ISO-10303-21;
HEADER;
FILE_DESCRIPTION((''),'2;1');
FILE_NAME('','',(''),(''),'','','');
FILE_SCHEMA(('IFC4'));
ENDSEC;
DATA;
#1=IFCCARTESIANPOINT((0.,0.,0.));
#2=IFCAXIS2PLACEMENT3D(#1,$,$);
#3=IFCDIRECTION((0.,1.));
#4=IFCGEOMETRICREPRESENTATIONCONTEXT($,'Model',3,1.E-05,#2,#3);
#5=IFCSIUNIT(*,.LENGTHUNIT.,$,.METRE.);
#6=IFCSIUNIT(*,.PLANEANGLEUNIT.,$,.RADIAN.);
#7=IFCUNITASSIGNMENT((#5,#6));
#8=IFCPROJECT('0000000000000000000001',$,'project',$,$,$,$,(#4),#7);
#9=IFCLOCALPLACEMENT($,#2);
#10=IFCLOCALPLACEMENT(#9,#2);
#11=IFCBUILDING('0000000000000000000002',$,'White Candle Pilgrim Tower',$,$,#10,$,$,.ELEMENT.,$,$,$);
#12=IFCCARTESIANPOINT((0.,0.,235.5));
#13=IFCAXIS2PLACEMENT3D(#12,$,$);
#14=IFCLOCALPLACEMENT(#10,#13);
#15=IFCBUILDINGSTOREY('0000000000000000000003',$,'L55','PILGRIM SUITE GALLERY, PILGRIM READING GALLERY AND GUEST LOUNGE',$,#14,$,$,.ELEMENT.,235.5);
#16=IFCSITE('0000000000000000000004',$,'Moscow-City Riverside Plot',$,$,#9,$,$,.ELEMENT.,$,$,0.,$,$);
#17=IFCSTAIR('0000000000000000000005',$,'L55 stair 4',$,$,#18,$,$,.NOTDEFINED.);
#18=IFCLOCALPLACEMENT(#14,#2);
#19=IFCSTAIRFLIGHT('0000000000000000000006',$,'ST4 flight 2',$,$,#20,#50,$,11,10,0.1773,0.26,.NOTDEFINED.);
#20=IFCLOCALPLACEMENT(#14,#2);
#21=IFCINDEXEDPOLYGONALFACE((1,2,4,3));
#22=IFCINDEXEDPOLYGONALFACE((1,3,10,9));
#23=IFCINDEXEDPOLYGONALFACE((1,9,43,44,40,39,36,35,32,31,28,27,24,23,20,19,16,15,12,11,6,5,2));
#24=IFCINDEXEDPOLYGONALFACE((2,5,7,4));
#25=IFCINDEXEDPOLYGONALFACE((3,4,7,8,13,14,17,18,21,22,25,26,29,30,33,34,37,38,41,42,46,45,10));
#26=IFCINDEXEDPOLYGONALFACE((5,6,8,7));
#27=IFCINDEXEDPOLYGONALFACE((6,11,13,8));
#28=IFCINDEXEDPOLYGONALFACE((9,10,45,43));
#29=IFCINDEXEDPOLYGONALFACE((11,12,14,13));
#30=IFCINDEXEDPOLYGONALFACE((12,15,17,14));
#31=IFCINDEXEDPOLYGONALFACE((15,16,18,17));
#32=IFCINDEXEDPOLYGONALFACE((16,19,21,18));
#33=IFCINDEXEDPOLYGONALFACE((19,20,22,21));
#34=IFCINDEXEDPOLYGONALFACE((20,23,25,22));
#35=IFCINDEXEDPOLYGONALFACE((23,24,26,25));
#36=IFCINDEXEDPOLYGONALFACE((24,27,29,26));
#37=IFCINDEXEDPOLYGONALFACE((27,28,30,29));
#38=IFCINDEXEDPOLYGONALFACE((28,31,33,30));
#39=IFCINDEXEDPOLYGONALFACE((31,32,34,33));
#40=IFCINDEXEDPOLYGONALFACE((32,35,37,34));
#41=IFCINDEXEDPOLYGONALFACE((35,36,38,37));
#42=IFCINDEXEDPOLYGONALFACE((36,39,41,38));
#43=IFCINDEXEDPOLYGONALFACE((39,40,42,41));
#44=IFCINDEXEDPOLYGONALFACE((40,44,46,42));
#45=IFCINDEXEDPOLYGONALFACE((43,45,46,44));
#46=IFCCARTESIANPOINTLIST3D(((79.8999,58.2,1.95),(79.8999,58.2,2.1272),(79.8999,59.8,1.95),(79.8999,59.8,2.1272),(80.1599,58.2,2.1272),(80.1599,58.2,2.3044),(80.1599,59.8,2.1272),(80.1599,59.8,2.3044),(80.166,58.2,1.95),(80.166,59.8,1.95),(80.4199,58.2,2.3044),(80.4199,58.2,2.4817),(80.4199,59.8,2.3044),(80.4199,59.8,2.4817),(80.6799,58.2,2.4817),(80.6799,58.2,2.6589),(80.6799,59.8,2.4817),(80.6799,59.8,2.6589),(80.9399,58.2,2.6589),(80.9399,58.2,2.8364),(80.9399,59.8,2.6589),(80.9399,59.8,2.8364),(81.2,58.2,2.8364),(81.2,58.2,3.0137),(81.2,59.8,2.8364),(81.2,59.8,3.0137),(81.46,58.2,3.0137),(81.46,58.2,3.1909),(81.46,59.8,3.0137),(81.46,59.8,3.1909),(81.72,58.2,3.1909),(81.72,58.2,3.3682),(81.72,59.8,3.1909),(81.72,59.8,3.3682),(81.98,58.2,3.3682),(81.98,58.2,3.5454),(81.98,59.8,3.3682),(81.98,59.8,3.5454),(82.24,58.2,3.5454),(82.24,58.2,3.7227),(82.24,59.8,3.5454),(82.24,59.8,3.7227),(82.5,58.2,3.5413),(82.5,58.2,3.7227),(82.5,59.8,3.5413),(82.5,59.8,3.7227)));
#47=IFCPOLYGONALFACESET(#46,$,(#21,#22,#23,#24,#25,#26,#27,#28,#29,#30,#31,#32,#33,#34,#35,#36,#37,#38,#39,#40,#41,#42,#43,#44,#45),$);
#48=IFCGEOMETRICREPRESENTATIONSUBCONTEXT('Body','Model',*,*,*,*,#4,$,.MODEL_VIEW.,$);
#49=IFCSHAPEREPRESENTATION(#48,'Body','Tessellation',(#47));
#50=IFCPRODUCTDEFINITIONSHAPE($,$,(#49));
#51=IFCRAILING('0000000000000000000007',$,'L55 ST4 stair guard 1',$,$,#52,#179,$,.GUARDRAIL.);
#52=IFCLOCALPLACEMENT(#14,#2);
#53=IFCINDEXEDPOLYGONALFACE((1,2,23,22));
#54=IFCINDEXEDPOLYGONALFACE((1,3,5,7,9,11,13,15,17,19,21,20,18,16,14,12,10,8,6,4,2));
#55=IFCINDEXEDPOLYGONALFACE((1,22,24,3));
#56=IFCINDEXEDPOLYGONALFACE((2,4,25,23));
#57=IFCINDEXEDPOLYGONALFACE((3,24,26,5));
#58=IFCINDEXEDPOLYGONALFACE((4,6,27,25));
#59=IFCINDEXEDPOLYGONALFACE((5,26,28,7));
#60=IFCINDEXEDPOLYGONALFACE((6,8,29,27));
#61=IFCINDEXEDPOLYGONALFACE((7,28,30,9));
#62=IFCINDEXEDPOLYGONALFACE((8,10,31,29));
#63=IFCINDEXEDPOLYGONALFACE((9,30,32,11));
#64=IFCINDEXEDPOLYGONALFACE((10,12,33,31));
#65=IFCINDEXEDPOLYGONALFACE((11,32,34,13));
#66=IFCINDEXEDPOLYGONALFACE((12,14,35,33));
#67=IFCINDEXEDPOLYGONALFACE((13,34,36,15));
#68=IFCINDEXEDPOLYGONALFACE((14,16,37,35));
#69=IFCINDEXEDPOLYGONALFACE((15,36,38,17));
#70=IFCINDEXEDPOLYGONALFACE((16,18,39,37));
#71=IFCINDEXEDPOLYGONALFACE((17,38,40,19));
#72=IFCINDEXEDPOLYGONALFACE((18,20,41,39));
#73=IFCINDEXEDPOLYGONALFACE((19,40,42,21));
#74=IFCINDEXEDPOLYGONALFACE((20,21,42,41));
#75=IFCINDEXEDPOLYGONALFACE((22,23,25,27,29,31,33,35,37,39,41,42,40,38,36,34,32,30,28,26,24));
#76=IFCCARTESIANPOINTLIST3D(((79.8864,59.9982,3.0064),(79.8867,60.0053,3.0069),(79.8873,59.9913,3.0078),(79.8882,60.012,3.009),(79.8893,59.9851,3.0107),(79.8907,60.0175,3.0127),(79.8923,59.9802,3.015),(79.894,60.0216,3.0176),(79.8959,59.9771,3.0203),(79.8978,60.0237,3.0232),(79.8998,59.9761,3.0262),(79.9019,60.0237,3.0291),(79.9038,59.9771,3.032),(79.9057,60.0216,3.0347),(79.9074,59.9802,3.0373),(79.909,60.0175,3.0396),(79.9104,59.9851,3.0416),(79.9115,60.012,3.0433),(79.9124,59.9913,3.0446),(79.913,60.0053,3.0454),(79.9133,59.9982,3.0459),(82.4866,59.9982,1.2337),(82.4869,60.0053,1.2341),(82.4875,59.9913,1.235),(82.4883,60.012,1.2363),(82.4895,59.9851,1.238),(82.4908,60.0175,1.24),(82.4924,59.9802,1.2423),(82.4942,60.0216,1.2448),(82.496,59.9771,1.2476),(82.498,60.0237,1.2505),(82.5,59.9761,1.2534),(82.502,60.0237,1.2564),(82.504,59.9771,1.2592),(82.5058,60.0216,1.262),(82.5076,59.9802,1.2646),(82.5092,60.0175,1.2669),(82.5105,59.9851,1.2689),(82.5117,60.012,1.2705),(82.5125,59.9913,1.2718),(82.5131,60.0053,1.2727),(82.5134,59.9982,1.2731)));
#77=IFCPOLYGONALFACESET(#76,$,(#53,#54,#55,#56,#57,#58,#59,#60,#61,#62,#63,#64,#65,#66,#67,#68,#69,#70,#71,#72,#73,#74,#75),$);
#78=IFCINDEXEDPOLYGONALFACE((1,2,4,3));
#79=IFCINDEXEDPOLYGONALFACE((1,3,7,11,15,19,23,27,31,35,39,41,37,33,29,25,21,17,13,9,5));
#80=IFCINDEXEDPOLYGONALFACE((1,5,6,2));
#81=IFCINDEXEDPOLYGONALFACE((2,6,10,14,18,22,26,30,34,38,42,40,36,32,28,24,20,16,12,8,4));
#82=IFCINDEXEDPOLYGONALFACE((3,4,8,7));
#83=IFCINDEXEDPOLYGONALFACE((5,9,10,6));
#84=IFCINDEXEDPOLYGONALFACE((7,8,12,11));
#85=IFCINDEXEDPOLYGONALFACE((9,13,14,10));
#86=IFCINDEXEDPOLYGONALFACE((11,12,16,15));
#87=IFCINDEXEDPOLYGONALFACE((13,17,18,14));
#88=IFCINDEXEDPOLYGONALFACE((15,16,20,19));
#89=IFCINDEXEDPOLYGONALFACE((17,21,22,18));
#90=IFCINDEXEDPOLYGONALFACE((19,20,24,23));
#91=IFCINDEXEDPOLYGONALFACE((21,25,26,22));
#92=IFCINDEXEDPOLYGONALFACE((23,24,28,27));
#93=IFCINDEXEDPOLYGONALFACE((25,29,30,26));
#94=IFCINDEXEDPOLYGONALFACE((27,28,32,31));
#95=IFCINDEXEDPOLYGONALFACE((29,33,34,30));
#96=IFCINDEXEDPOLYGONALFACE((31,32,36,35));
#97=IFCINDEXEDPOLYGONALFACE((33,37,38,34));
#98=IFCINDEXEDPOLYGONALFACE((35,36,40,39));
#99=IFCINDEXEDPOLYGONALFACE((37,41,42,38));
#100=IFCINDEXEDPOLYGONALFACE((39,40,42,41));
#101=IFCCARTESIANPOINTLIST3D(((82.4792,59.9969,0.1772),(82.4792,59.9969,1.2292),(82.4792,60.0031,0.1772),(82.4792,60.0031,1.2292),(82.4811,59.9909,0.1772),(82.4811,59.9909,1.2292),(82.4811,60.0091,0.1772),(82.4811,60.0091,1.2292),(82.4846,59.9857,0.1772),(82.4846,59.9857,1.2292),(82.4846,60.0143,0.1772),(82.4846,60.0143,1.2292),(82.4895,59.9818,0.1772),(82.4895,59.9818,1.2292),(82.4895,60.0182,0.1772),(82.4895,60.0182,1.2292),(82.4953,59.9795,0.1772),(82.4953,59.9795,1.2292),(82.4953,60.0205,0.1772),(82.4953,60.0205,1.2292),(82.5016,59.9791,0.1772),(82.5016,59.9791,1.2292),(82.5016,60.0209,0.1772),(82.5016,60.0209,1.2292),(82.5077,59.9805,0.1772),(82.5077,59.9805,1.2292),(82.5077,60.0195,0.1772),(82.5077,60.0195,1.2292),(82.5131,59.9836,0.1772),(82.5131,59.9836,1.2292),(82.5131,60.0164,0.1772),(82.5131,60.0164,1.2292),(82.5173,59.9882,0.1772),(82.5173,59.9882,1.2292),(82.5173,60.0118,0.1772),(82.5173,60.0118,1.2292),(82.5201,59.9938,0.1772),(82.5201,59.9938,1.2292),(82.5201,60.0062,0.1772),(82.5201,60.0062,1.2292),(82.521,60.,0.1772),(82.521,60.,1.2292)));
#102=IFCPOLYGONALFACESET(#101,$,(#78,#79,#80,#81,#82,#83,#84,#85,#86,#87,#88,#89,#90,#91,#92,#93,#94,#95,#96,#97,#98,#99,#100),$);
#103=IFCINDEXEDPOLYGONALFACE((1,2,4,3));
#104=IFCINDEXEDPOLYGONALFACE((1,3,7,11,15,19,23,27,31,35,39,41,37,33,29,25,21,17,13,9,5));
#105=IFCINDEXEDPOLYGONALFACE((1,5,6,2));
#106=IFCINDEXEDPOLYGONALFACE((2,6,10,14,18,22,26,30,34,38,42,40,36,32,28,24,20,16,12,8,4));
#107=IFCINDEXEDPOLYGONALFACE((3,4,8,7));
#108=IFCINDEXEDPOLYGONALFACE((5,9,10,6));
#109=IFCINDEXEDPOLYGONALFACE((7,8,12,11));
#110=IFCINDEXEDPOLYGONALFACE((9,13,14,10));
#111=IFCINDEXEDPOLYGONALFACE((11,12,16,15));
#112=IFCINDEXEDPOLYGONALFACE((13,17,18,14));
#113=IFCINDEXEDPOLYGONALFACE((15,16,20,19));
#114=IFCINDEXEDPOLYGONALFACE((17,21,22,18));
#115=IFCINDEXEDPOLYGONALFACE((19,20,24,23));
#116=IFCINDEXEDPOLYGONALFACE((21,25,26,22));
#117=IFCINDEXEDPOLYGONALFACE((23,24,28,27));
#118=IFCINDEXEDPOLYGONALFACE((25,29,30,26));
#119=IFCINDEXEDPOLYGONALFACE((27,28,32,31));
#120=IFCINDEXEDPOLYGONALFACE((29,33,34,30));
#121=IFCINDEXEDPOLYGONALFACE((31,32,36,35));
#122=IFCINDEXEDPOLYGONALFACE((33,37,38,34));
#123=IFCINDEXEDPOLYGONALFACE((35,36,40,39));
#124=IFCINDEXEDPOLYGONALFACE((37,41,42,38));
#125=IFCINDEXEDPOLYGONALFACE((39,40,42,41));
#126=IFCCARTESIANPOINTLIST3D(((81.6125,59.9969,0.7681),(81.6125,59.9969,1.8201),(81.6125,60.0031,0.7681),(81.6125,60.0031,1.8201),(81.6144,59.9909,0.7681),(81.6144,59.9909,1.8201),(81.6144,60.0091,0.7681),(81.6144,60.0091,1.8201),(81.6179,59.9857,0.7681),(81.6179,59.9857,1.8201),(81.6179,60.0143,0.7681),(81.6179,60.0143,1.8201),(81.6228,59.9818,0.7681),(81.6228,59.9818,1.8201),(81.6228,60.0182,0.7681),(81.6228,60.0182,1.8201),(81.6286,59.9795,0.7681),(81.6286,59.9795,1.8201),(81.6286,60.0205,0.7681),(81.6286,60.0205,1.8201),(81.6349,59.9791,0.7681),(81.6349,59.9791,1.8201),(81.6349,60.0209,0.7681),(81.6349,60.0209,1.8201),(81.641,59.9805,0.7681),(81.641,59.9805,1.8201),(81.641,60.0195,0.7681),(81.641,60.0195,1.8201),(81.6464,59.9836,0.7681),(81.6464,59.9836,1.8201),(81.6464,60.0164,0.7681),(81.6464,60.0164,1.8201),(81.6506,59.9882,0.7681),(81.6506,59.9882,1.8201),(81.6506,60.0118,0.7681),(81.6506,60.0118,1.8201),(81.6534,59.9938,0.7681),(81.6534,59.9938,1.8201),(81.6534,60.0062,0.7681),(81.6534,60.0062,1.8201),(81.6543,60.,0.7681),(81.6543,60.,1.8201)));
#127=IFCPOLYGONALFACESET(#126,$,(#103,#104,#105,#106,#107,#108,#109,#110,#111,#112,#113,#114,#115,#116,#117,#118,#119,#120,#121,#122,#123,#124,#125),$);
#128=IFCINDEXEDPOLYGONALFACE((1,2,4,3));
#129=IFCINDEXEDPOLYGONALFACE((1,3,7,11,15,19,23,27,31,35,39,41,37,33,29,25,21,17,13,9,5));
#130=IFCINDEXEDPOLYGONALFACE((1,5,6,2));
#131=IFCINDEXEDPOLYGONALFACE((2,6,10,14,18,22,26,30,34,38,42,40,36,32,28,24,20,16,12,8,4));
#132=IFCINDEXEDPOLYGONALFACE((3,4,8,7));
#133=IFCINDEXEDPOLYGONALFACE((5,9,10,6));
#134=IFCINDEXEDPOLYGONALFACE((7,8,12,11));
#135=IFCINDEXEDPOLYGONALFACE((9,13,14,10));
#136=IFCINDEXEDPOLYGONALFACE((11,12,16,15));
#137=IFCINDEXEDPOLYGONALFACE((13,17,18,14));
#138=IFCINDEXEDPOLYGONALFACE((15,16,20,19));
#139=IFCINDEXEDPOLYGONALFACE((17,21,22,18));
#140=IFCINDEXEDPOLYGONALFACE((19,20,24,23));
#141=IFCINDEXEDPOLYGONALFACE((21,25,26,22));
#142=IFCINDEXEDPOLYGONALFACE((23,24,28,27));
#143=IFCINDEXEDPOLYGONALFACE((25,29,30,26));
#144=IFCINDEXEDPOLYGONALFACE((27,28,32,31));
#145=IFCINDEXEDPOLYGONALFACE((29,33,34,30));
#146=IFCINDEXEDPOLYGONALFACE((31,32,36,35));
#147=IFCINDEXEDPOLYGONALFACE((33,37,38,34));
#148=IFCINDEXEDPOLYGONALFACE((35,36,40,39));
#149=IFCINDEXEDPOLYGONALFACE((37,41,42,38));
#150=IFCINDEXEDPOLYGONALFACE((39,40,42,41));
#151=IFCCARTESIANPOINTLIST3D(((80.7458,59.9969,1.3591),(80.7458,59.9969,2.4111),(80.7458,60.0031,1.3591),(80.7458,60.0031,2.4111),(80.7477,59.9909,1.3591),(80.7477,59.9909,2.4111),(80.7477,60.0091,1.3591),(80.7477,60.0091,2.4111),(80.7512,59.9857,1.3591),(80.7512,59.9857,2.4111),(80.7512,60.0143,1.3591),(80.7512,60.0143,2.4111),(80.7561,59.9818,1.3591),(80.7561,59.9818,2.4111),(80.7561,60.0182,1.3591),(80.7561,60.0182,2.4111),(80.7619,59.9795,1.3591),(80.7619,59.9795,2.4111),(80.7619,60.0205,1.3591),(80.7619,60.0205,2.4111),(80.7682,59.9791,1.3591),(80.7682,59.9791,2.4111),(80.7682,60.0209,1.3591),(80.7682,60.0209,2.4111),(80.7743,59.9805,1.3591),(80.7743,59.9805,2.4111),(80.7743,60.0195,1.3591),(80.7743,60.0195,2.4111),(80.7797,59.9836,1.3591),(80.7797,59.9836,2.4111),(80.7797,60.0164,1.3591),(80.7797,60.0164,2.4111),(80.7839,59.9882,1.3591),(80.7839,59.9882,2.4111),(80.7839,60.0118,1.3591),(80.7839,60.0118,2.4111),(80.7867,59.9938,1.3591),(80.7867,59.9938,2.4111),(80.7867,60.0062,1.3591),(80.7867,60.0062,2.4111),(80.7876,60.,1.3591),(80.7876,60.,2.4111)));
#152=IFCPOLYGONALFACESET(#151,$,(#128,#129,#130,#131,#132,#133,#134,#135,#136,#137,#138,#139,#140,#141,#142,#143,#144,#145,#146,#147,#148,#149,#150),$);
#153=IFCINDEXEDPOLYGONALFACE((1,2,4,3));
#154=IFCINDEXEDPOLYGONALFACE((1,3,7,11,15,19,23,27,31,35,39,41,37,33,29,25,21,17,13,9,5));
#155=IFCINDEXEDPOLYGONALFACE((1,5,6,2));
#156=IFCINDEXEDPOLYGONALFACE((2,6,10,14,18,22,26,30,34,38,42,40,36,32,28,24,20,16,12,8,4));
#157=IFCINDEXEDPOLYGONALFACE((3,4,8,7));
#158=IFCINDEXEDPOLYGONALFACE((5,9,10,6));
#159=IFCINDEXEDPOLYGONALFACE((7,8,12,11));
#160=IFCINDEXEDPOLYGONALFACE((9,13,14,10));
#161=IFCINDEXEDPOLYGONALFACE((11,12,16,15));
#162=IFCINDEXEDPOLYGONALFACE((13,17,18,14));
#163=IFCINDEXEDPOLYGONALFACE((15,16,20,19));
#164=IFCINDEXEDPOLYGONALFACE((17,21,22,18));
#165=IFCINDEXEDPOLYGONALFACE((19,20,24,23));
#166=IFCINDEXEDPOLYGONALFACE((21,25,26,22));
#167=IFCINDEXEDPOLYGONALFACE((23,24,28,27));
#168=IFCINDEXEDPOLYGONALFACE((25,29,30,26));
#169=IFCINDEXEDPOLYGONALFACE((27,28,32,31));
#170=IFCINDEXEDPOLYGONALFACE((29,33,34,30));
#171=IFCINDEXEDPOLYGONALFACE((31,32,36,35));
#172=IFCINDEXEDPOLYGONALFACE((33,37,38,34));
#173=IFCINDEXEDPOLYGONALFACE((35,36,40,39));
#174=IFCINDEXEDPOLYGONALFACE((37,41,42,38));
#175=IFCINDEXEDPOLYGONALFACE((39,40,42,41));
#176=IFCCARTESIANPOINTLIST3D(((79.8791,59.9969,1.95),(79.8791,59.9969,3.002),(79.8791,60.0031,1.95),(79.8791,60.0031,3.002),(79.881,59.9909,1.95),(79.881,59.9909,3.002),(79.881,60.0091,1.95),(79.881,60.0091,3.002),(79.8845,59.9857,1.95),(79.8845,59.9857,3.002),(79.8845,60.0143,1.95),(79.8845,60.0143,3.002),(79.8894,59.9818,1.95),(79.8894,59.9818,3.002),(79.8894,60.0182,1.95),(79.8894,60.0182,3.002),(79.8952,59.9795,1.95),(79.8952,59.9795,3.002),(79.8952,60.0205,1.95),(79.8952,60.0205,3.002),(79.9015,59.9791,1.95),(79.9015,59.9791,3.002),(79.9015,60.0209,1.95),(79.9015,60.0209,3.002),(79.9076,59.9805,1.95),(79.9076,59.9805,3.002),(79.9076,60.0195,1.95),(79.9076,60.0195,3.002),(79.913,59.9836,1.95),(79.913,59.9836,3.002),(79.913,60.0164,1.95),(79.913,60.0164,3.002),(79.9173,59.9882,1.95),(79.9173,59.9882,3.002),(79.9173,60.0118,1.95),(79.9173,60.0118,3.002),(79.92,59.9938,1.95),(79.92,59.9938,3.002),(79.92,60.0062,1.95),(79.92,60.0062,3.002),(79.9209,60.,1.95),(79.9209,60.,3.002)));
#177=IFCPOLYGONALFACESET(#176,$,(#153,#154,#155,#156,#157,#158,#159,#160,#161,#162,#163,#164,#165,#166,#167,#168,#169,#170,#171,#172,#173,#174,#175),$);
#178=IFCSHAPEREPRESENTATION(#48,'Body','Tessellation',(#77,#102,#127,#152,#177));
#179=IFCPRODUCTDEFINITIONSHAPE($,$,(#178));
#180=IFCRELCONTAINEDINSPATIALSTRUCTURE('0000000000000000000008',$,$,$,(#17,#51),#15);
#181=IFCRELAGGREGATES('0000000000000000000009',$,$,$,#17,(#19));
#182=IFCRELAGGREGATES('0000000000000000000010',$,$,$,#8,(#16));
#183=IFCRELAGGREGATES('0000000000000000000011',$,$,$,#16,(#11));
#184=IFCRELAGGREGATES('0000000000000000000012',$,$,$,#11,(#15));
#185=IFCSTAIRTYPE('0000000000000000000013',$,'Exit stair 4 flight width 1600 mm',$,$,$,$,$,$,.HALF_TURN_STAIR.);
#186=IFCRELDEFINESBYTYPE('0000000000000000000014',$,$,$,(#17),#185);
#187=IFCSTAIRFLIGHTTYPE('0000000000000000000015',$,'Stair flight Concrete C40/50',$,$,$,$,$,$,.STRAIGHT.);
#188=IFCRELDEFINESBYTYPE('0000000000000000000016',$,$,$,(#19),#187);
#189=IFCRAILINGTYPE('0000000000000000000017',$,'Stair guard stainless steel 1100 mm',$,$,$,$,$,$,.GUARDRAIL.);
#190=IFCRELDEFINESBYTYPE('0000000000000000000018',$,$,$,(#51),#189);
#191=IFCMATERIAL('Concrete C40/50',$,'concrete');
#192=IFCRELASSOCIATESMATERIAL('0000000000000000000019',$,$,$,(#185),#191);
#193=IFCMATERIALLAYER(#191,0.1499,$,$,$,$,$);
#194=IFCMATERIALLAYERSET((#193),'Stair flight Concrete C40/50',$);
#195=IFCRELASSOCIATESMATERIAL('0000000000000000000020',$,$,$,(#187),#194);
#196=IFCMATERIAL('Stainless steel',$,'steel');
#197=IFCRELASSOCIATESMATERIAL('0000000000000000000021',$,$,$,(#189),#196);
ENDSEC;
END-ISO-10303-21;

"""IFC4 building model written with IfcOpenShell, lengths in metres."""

from ifc_helpers import new_model, si_unit, direction, frame, origin, origin_2d, place, context, subcontext, project, spatial, polyline, circle, outline, extrude, material, layer, layer_set, type_object, element, aggregate, save


model = new_model("IFC4")

# Units and contexts
model_context = context("Model", 3, precision=1e-05, world=origin(), true_north=direction((0.0, 1.0)))
body_context = subcontext(model_context, "Body", "Model", "MODEL_VIEW")
ifc_project = project(units=[si_unit("LENGTHUNIT", "METRE"), si_unit("PLANEANGLEUNIT", "RADIAN")], contexts=[model_context])

# Site, building, storey
site_placement = place(None, origin())
site = spatial("IfcSite", under=ifc_project, at=site_placement, Name="Moscow-City Riverside Plot", CompositionType="ELEMENT", RefElevation=0.0)
building_placement = place(site_placement, origin())
building = spatial("IfcBuilding", under=site, at=building_placement, Name="White Candle Pilgrim Tower", CompositionType="ELEMENT")
storey_placement = place(building_placement, frame((0.0, 0.0, 235.5)))
storey = spatial("IfcBuildingStorey", under=building, at=storey_placement, Name="L55", Description="PILGRIM SUITE GALLERY, PILGRIM READING GALLERY AND GUEST LOUNGE", CompositionType="ELEMENT", Elevation=235.5)

# Stair, stair flight
ifc_material_1 = material(Name="Concrete C40/50", Category="concrete")
stair_type = type_object("IfcStairType", Name="Exit stair 4 flight width 1600 mm", PredefinedType="HALF_TURN_STAIR", material=ifc_material_1)
stair_placement = place(storey_placement, origin())
stair = element("IfcStair", 1, at=stair_placement, inside=storey, type_object=stair_type, Name="L55 stair 4", PredefinedType="NOTDEFINED")
ifc_layer_1 = layer(ifc_material_1, 0.1499)
ifc_layer_set_1 = layer_set([ifc_layer_1], Name="Stair flight Concrete C40/50")
stair_flight_type = type_object("IfcStairFlightType", Name="Stair flight Concrete C40/50", PredefinedType="STRAIGHT", material=ifc_layer_set_1)
stair_flight_1_placement = place(storey_placement, frame((79.8999, 59.0, 1.95), z_axis=(0.0, 0.0, 1.0), x_axis=(1.0, 0.0, 0.0)))
stair_flight_1 = element("IfcStairFlight", 2, at=stair_flight_1_placement, type_object=stair_flight_type, Name="ST4 flight 2", NumberOfRisers=11, NumberOfTreads=10, PredefinedType="NOTDEFINED", RiserHeight=0.1773, TreadLength=0.26, context=body_context, shape_type="SweptSolid", body=[
    extrude(outline(polyline([(0.0, 0.0), (0.0, 0.1772), (0.26, 0.1772), (0.26, 0.3545), (0.52, 0.3545), (0.52, 0.5317), (0.78, 0.5317), (0.78, 0.709), (1.04, 0.709), (1.04, 0.8865), (1.3, 0.8865), (1.3, 1.0637), (1.5601, 1.0637), (1.5601, 1.241), (1.8201, 1.241), (1.8201, 1.4182), (2.0801, 1.4182), (2.0801, 1.5955), (2.3401, 1.5955), (2.3401, 1.7727), (2.6001, 1.7727), (2.6001, 1.95), (2.6001, 1.5913), (0.2661, 0.0), (0.0, 0.0)])), frame((0.0, 0.8, 0.0), z_axis=(0.0, -1.0, 0.0), x_axis=(1.0, 0.0, 0.0)), (0.0, 0.0, 1.0), 1.6001),
])
aggregate(stair, [stair_flight_1])

# Railing
ifc_material_2 = material(Name="Stainless steel", Category="steel")
railing_type_1 = type_object("IfcRailingType", Name="Stair guard stainless steel 1100 mm", PredefinedType="GUARDRAIL", material=ifc_material_2)
railing_1_placement = place(storey_placement, frame((82.5, 60.0, 0.1772)))
element("IfcRailing", 3, at=railing_1_placement, inside=storey, type_object=railing_type_1, Name="L55 ST4 stair guard 1", PredefinedType="GUARDRAIL", context=body_context, shape_type="SweptSolid", body=[
    extrude(circle(Radius=0.0239, at=origin_2d()), frame((0.0, 0.0, 1.0762), z_axis=(-0.82624, 0.0, 0.563318), x_axis=(0.0, -1.0, 0.0)), (0.0, 0.0, 1.0), 3.147),
    extrude(circle(Radius=0.021, at=origin_2d()), origin(), (0.0, 0.0, 1.0), 1.052),
    extrude(circle(Radius=0.021, at=origin_2d()), frame((-0.8667, 0.0, 0.5908)), (0.0, 0.0, 1.0), 1.052),
    extrude(circle(Radius=0.021, at=origin_2d()), frame((-1.7334, 0.0, 1.1819)), (0.0, 0.0, 1.0), 1.052),
    extrude(circle(Radius=0.021, at=origin_2d()), frame((-2.6001, 0.0, 1.7727)), (0.0, 0.0, 1.0), 1.052),
])

save(model, "model.ifc")
